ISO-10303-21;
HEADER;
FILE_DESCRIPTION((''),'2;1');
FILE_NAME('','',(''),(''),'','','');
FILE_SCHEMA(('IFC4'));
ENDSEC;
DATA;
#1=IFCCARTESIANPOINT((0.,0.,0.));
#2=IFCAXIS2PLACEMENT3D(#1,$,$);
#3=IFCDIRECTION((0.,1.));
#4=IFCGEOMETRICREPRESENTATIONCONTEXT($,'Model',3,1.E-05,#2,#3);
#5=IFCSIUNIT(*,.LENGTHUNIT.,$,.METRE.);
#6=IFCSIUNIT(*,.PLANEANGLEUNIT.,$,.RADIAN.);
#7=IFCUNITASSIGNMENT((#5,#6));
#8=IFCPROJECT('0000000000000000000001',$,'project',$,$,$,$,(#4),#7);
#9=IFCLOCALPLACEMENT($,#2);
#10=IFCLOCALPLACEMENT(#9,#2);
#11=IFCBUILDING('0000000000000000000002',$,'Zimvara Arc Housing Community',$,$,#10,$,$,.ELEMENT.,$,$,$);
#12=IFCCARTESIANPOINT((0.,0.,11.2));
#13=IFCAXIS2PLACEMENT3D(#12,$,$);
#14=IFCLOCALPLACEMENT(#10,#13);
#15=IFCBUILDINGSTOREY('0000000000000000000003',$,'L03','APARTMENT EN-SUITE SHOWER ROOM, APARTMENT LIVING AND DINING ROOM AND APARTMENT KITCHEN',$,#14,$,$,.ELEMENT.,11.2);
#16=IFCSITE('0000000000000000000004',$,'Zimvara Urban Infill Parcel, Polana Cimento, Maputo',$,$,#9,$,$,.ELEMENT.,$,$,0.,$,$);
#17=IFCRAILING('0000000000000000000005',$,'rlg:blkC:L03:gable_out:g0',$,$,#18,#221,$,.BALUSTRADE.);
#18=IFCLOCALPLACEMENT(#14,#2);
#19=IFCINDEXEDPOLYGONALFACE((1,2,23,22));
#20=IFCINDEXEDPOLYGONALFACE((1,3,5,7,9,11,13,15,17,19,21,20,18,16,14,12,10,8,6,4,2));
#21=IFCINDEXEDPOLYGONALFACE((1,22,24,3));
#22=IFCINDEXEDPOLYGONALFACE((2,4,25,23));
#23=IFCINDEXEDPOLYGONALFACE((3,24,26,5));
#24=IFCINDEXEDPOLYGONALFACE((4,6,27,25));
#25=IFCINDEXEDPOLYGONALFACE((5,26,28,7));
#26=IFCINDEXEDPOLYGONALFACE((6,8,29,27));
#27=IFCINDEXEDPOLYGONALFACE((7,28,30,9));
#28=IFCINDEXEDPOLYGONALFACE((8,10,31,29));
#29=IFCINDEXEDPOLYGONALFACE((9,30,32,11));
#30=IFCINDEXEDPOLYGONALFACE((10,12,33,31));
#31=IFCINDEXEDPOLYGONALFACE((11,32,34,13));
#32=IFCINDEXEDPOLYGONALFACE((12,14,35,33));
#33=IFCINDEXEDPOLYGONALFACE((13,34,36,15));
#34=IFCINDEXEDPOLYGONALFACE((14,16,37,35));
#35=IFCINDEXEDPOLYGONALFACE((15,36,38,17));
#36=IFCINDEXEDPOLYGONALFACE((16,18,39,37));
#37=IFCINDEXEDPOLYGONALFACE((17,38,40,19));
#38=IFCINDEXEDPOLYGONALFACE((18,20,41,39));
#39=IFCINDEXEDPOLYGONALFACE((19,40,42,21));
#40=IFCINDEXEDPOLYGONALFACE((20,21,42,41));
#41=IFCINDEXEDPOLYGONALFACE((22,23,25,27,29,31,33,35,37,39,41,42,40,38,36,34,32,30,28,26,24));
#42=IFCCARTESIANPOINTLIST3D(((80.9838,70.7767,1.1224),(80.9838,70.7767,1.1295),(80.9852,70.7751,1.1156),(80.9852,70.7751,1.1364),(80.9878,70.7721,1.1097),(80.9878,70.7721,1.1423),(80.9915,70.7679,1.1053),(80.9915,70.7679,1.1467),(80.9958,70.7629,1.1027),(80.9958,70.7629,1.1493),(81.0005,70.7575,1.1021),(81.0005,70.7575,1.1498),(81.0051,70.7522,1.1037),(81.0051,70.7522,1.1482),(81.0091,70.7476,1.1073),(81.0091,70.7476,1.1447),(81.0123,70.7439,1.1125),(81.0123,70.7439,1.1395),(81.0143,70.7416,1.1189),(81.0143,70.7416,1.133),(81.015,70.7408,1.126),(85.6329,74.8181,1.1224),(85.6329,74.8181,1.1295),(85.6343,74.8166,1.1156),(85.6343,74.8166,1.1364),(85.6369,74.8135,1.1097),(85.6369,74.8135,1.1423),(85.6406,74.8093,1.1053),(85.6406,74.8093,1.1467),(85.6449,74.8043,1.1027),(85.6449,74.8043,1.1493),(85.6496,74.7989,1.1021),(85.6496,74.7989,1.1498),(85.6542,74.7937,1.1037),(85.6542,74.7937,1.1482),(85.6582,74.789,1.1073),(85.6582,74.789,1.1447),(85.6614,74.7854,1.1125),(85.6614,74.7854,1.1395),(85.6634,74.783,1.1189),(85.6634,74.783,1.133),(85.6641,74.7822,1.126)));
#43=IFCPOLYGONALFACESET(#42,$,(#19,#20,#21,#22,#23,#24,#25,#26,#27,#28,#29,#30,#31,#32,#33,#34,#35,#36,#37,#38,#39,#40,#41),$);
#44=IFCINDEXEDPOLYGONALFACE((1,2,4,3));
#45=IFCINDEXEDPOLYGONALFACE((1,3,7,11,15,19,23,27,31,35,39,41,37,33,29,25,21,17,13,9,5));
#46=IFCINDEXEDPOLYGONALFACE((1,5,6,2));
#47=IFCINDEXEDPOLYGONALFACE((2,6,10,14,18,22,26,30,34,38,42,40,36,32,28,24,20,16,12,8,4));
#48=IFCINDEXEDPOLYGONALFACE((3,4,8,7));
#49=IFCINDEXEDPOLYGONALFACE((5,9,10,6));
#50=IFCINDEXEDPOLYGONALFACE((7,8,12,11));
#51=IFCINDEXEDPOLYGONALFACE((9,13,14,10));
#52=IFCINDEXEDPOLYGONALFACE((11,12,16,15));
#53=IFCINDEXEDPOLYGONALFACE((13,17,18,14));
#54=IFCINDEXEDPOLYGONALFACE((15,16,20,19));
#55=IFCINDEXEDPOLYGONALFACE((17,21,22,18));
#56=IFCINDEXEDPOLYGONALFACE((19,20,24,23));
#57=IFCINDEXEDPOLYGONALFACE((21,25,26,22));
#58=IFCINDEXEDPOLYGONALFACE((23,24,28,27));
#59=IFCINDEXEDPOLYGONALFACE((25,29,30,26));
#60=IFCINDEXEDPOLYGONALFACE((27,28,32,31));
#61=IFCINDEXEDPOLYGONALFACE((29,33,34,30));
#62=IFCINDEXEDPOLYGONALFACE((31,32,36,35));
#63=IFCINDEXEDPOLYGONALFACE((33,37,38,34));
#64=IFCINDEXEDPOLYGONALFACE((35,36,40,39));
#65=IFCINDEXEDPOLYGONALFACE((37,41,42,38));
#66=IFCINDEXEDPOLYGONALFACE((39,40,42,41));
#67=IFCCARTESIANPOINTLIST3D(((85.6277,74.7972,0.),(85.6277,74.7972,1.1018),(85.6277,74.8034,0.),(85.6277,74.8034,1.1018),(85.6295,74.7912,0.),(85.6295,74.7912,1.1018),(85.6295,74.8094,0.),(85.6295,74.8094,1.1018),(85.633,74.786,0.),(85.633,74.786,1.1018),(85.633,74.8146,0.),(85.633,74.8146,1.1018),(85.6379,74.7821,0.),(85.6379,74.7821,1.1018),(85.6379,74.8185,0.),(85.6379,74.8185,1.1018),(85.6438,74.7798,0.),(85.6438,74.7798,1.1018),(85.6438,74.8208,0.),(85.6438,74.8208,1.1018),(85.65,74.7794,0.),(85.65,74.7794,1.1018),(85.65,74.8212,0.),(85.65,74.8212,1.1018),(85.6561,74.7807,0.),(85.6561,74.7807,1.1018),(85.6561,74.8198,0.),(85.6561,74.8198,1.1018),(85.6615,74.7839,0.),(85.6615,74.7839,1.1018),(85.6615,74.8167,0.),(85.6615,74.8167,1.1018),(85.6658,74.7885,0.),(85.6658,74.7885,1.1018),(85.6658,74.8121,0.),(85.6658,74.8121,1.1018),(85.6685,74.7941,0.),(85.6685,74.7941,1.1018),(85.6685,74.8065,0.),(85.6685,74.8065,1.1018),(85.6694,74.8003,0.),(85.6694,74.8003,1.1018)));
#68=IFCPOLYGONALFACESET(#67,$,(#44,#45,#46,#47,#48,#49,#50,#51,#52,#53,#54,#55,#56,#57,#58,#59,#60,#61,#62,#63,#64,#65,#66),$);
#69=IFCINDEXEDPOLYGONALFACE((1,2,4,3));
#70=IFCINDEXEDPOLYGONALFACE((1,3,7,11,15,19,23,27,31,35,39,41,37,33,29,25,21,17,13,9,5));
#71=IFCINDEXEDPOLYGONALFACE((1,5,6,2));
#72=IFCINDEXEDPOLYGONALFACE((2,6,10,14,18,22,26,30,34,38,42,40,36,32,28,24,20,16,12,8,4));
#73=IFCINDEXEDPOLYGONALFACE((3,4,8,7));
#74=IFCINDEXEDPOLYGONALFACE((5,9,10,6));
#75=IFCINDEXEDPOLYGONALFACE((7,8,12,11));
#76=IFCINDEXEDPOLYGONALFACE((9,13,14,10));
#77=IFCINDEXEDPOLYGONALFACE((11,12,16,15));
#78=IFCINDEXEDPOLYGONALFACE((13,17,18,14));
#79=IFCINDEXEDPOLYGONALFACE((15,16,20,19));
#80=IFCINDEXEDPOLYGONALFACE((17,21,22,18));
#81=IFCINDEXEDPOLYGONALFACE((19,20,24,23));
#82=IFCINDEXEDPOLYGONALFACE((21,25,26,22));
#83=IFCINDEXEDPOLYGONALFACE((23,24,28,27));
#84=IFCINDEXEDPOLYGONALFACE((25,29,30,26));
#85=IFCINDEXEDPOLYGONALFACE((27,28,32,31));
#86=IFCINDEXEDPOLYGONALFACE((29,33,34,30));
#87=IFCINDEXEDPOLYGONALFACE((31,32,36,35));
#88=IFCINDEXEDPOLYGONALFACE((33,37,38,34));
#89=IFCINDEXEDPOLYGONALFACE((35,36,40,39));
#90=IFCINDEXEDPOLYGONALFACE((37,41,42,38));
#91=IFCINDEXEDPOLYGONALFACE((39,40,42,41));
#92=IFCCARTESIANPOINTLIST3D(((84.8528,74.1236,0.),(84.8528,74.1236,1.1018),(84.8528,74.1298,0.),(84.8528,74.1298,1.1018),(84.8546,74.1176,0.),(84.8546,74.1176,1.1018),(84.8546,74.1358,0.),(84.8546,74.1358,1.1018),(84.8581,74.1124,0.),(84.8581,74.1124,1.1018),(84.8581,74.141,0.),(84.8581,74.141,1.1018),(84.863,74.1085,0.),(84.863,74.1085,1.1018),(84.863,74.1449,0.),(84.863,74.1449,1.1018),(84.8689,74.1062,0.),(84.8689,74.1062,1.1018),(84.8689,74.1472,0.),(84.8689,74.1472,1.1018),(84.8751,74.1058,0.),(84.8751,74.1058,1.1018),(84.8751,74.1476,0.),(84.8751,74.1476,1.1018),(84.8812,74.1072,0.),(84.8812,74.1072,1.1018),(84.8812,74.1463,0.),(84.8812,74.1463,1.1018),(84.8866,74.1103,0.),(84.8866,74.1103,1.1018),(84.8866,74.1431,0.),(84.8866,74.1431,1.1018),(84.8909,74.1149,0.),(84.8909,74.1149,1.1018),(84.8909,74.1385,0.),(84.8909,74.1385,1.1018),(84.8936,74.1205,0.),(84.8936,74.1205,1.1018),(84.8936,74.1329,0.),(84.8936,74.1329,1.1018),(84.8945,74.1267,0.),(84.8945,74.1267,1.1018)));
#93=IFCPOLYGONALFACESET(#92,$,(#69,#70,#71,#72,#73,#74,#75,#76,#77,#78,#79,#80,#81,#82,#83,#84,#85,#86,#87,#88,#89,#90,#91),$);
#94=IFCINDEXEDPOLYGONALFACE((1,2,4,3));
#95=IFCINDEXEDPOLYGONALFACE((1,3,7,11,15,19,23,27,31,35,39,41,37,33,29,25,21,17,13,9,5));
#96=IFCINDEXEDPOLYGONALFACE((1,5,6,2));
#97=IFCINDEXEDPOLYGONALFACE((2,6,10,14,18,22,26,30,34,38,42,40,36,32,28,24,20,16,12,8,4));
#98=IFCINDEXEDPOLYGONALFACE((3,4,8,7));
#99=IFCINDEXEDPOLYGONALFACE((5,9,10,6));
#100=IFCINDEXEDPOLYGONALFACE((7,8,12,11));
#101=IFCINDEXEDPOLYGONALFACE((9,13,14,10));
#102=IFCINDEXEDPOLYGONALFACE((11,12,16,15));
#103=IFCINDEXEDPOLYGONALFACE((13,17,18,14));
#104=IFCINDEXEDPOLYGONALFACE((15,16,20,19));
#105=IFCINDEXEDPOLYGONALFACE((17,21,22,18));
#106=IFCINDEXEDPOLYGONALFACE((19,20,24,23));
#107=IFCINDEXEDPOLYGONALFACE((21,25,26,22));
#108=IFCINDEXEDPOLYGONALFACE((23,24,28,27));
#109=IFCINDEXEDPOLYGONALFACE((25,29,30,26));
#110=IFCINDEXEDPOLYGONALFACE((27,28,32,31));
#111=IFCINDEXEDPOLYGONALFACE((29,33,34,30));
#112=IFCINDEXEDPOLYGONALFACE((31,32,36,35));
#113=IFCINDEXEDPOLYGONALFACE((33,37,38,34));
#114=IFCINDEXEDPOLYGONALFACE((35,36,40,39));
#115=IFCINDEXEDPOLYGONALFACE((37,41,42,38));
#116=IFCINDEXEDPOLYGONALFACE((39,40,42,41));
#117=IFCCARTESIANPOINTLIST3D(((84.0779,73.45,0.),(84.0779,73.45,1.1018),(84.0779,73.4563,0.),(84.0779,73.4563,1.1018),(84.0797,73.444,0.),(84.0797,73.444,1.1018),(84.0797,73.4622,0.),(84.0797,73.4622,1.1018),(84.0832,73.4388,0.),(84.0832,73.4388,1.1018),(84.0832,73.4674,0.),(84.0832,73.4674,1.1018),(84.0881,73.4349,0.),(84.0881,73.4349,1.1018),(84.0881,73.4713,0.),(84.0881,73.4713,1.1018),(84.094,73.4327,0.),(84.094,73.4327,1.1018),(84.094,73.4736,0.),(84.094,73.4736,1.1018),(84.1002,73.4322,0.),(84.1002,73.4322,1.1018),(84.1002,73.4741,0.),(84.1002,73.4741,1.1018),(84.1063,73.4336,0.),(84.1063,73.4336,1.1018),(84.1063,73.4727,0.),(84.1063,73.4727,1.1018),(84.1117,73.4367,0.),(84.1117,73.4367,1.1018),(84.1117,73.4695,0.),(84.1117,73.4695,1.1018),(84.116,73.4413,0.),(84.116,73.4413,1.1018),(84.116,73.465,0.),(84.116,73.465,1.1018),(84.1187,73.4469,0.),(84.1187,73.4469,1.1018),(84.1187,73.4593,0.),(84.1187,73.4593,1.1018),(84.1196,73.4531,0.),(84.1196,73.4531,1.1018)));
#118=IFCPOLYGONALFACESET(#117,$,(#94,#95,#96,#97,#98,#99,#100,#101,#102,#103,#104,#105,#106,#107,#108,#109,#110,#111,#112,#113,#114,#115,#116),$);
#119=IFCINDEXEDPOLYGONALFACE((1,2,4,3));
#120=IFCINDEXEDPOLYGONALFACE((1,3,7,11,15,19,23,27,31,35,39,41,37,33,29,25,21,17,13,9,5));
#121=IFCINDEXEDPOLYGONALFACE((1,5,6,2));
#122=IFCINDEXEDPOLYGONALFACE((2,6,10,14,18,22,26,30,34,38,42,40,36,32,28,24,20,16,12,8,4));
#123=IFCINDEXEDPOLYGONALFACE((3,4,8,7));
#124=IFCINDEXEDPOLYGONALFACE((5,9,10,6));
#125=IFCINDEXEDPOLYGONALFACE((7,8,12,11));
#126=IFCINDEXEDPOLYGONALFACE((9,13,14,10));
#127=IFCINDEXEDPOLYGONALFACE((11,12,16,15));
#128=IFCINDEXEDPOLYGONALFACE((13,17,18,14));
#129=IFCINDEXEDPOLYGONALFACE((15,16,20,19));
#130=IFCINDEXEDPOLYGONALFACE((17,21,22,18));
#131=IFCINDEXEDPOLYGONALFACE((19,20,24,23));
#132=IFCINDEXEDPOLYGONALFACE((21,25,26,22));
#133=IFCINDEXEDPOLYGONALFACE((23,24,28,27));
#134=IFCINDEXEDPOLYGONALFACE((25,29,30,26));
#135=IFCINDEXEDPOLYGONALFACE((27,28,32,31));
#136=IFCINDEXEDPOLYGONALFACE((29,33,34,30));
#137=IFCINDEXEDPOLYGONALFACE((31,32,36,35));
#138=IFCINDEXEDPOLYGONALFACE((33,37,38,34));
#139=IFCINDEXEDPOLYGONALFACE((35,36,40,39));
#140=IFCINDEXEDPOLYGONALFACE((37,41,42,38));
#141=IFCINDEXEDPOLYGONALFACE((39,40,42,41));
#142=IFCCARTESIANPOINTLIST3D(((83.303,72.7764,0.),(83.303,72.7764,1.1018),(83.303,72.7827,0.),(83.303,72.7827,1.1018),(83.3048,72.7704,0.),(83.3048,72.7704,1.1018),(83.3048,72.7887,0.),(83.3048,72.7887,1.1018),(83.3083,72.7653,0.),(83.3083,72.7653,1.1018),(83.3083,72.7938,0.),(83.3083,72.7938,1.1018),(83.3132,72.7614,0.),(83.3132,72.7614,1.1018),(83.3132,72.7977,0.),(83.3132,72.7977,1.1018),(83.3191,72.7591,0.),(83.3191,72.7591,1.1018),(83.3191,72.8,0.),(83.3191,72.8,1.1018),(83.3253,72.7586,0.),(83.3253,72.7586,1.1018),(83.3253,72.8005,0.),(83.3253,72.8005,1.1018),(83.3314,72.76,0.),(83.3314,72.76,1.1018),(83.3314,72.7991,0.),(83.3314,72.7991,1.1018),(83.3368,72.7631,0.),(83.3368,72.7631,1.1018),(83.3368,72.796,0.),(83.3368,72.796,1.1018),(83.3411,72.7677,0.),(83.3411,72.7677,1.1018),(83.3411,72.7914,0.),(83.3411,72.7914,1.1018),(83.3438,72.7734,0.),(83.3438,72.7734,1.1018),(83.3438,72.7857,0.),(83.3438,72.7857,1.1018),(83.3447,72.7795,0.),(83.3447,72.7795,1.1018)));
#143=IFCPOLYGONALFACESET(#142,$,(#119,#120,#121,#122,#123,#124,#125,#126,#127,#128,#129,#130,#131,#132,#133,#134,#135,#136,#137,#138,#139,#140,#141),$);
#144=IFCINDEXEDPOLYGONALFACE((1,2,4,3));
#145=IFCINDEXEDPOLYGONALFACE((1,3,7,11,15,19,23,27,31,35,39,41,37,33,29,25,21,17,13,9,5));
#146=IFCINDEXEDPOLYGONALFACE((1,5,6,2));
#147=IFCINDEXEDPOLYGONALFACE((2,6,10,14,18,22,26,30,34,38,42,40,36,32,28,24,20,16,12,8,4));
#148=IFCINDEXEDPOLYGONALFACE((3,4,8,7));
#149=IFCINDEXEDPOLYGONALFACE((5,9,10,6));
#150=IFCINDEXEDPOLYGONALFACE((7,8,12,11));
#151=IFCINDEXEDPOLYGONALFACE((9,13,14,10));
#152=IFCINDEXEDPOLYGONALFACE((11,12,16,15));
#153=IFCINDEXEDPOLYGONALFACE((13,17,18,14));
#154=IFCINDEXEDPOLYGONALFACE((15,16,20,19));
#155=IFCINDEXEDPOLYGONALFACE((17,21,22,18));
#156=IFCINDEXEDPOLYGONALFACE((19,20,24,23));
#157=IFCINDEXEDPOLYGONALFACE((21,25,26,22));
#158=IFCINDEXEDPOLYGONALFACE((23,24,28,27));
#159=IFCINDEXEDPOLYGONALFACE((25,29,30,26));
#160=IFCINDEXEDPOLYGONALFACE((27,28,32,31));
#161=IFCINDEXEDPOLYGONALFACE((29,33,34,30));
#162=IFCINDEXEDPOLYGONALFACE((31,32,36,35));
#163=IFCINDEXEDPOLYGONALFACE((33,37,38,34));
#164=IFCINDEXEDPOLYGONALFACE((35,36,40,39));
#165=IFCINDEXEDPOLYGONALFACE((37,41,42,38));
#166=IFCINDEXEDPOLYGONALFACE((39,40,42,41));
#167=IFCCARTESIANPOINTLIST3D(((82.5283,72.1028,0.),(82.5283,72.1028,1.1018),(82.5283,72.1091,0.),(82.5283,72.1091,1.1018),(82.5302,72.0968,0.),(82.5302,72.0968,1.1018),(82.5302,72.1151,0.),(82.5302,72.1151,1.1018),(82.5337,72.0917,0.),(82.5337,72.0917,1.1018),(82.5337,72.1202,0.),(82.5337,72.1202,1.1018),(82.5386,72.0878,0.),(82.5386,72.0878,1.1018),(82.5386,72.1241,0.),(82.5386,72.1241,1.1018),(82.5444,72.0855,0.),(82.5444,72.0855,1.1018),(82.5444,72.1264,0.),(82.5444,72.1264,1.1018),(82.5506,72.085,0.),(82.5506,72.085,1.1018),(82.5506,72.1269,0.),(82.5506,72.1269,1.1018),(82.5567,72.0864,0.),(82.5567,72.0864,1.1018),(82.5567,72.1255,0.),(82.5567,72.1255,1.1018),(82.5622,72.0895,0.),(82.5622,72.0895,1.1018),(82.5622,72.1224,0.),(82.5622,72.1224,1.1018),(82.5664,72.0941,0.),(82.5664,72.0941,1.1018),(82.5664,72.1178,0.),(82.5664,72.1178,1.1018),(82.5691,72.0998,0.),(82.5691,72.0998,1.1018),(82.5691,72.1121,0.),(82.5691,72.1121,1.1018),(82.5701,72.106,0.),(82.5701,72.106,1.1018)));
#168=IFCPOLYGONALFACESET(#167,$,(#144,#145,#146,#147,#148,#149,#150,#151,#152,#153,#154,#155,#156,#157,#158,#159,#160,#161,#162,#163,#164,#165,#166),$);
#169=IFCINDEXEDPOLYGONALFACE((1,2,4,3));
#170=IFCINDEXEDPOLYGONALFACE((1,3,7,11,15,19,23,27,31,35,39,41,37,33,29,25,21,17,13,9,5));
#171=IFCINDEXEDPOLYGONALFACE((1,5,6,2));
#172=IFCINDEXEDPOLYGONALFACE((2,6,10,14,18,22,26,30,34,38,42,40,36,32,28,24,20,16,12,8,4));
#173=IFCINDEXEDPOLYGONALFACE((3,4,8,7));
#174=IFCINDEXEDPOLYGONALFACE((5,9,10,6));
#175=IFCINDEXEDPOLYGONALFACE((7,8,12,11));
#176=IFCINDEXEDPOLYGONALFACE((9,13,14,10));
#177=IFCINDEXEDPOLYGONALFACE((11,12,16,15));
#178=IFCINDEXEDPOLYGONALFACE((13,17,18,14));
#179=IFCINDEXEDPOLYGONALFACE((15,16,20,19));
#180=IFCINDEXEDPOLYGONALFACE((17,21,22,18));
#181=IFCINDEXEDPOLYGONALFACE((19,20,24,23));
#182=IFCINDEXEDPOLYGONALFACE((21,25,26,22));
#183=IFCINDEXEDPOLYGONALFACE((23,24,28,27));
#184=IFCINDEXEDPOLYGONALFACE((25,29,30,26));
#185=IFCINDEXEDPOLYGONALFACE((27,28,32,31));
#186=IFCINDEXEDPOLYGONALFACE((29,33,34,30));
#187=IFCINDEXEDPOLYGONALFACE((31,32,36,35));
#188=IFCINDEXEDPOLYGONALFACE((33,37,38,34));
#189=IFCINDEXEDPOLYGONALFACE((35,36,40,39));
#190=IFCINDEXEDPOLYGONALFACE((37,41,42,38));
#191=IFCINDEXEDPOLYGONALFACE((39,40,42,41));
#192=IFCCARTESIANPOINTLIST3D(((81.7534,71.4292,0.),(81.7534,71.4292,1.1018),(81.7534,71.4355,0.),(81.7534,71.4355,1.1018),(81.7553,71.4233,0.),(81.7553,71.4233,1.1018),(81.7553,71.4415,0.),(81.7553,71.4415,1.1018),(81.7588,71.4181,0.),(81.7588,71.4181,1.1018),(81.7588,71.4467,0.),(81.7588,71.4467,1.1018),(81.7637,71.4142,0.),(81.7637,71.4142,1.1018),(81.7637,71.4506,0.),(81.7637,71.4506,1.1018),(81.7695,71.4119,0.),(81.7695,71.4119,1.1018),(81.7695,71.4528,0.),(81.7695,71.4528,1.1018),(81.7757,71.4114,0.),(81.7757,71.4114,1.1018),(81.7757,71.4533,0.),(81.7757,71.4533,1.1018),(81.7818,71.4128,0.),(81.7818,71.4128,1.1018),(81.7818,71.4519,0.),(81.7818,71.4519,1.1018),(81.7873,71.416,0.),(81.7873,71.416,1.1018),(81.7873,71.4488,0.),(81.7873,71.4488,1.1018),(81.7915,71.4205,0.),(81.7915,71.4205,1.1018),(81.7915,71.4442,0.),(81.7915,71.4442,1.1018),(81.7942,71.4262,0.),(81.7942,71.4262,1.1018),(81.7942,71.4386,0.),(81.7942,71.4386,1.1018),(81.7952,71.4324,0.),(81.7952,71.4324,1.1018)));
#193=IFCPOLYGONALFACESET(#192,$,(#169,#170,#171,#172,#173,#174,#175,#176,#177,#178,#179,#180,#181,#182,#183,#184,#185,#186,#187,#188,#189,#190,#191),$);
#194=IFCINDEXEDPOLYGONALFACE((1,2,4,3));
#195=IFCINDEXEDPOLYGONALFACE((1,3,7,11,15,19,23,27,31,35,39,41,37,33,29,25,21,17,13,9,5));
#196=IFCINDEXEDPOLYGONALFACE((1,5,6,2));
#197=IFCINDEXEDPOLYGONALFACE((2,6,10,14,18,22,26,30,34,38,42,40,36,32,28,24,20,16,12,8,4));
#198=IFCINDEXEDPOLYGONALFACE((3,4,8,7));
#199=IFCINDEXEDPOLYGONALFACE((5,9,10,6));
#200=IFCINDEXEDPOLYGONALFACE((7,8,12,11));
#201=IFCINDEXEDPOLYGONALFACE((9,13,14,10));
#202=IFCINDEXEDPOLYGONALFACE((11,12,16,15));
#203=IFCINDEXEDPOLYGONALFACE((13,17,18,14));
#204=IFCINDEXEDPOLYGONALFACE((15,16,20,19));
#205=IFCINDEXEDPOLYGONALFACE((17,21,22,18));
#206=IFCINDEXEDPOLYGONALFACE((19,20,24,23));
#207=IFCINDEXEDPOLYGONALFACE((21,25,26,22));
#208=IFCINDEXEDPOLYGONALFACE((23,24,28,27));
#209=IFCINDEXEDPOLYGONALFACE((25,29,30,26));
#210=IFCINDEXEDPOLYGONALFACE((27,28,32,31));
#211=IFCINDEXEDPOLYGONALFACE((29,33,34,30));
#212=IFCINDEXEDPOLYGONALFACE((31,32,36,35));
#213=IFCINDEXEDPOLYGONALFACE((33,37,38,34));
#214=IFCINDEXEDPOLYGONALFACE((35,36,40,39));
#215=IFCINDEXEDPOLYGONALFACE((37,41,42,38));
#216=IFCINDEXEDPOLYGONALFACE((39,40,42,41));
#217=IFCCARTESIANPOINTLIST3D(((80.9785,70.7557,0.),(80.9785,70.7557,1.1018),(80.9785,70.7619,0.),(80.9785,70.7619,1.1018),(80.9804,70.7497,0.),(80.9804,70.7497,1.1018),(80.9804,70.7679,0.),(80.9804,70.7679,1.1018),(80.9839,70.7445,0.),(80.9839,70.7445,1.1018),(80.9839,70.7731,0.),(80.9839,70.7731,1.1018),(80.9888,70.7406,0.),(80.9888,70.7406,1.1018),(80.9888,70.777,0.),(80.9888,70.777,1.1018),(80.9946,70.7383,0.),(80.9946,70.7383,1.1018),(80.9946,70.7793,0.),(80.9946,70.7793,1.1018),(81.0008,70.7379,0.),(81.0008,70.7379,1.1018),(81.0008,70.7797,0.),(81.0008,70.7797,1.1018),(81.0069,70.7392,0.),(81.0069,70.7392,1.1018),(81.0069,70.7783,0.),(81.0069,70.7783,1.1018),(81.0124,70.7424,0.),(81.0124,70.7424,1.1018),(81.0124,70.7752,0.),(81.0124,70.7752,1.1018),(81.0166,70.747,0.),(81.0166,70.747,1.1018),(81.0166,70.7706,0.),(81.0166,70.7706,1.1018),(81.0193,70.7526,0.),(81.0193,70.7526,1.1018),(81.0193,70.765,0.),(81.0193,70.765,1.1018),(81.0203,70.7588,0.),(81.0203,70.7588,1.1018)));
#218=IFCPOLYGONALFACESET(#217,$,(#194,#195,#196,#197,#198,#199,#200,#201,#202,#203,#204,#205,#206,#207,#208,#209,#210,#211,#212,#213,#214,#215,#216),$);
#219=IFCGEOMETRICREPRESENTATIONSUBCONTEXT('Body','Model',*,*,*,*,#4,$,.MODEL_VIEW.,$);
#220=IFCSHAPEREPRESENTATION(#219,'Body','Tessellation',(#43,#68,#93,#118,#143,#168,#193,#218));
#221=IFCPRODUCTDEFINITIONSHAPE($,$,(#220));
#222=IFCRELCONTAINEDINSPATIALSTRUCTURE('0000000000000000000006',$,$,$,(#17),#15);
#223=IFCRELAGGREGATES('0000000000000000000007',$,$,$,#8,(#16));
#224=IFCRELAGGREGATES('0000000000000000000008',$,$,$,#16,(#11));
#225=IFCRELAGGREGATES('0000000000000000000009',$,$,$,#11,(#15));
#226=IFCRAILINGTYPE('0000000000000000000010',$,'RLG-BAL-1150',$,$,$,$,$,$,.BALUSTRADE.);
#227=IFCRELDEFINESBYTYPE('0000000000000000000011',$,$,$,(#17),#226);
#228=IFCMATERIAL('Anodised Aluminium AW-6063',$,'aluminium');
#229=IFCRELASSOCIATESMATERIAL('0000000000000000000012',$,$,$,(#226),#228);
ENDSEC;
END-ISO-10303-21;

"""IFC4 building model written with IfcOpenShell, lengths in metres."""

from ifc_helpers import new_model, si_unit, direction, frame, origin, origin_2d, place, context, subcontext, project, spatial, circle, extrude, material, type_object, element, save


model = new_model("IFC4")

# Units and contexts
model_context = context("Model", 3, precision=1e-05, world=origin(), true_north=direction((0.0, 1.0)))
body_context = subcontext(model_context, "Body", "Model", "MODEL_VIEW")
ifc_project = project(units=[si_unit("LENGTHUNIT", "METRE"), si_unit("PLANEANGLEUNIT", "RADIAN")], contexts=[model_context])

# Site, building, storey
site_placement = place(None, origin())
site = spatial("IfcSite", under=ifc_project, at=site_placement, Name="Zimvara Urban Infill Parcel, Polana Cimento, Maputo", CompositionType="ELEMENT", RefElevation=0.0)
building_placement = place(site_placement, origin())
building = spatial("IfcBuilding", under=site, at=building_placement, Name="Zimvara Arc Housing Community", CompositionType="ELEMENT")
storey_placement = place(building_placement, frame((0.0, 0.0, 11.2)))
storey = spatial("IfcBuildingStorey", under=building, at=storey_placement, Name="L03", Description="APARTMENT EN-SUITE SHOWER ROOM, APARTMENT LIVING AND DINING ROOM AND APARTMENT KITCHEN", CompositionType="ELEMENT", Elevation=11.2)

# Railing
ifc_material_1 = material(Name="Anodised Aluminium AW-6063", Category="aluminium")
railing_type_1 = type_object("IfcRailingType", Name="RLG-BAL-1150", PredefinedType="BALUSTRADE", material=ifc_material_1)
railing_1_placement = place(storey_placement, frame((85.6484, 74.8003, 0.0)))
element("IfcRailing", 1, at=railing_1_placement, inside=storey, type_object=railing_type_1, Name="rlg:blkC:L03:gable_out:g0", PredefinedType="BALUSTRADE", context=body_context, shape_type="SweptSolid", body=[
    extrude(circle(Radius=0.0239, at=origin_2d()), frame((0.0, 0.0, 1.126), z_axis=(-0.754706, -0.656063, 0.0), x_axis=(0.656063, -0.754706, 0.0)), (0.0, 0.0, 1.0), 6.1602),
    extrude(circle(Radius=0.021, at=origin_2d()), origin(), (0.0, 0.0, 1.0), 1.1018),
    extrude(circle(Radius=0.021, at=origin_2d()), frame((-0.7749, -0.6736, 0.0)), (0.0, 0.0, 1.0), 1.1018),
    extrude(circle(Radius=0.021, at=origin_2d()), frame((-1.5498, -1.3472, 0.0)), (0.0, 0.0, 1.0), 1.1018),
    extrude(circle(Radius=0.021, at=origin_2d()), frame((-2.3247, -2.0208, 0.0)), (0.0, 0.0, 1.0), 1.1018),
    extrude(circle(Radius=0.021, at=origin_2d()), frame((-3.0994, -2.6943, 0.0)), (0.0, 0.0, 1.0), 1.1018),
    extrude(circle(Radius=0.021, at=origin_2d()), frame((-3.8743, -3.3679, 0.0)), (0.0, 0.0, 1.0), 1.1018),
    extrude(circle(Radius=0.021, at=origin_2d()), frame((-4.6492, -4.0415, 0.0)), (0.0, 0.0, 1.0), 1.1018),
])

save(model, "model.ifc")
